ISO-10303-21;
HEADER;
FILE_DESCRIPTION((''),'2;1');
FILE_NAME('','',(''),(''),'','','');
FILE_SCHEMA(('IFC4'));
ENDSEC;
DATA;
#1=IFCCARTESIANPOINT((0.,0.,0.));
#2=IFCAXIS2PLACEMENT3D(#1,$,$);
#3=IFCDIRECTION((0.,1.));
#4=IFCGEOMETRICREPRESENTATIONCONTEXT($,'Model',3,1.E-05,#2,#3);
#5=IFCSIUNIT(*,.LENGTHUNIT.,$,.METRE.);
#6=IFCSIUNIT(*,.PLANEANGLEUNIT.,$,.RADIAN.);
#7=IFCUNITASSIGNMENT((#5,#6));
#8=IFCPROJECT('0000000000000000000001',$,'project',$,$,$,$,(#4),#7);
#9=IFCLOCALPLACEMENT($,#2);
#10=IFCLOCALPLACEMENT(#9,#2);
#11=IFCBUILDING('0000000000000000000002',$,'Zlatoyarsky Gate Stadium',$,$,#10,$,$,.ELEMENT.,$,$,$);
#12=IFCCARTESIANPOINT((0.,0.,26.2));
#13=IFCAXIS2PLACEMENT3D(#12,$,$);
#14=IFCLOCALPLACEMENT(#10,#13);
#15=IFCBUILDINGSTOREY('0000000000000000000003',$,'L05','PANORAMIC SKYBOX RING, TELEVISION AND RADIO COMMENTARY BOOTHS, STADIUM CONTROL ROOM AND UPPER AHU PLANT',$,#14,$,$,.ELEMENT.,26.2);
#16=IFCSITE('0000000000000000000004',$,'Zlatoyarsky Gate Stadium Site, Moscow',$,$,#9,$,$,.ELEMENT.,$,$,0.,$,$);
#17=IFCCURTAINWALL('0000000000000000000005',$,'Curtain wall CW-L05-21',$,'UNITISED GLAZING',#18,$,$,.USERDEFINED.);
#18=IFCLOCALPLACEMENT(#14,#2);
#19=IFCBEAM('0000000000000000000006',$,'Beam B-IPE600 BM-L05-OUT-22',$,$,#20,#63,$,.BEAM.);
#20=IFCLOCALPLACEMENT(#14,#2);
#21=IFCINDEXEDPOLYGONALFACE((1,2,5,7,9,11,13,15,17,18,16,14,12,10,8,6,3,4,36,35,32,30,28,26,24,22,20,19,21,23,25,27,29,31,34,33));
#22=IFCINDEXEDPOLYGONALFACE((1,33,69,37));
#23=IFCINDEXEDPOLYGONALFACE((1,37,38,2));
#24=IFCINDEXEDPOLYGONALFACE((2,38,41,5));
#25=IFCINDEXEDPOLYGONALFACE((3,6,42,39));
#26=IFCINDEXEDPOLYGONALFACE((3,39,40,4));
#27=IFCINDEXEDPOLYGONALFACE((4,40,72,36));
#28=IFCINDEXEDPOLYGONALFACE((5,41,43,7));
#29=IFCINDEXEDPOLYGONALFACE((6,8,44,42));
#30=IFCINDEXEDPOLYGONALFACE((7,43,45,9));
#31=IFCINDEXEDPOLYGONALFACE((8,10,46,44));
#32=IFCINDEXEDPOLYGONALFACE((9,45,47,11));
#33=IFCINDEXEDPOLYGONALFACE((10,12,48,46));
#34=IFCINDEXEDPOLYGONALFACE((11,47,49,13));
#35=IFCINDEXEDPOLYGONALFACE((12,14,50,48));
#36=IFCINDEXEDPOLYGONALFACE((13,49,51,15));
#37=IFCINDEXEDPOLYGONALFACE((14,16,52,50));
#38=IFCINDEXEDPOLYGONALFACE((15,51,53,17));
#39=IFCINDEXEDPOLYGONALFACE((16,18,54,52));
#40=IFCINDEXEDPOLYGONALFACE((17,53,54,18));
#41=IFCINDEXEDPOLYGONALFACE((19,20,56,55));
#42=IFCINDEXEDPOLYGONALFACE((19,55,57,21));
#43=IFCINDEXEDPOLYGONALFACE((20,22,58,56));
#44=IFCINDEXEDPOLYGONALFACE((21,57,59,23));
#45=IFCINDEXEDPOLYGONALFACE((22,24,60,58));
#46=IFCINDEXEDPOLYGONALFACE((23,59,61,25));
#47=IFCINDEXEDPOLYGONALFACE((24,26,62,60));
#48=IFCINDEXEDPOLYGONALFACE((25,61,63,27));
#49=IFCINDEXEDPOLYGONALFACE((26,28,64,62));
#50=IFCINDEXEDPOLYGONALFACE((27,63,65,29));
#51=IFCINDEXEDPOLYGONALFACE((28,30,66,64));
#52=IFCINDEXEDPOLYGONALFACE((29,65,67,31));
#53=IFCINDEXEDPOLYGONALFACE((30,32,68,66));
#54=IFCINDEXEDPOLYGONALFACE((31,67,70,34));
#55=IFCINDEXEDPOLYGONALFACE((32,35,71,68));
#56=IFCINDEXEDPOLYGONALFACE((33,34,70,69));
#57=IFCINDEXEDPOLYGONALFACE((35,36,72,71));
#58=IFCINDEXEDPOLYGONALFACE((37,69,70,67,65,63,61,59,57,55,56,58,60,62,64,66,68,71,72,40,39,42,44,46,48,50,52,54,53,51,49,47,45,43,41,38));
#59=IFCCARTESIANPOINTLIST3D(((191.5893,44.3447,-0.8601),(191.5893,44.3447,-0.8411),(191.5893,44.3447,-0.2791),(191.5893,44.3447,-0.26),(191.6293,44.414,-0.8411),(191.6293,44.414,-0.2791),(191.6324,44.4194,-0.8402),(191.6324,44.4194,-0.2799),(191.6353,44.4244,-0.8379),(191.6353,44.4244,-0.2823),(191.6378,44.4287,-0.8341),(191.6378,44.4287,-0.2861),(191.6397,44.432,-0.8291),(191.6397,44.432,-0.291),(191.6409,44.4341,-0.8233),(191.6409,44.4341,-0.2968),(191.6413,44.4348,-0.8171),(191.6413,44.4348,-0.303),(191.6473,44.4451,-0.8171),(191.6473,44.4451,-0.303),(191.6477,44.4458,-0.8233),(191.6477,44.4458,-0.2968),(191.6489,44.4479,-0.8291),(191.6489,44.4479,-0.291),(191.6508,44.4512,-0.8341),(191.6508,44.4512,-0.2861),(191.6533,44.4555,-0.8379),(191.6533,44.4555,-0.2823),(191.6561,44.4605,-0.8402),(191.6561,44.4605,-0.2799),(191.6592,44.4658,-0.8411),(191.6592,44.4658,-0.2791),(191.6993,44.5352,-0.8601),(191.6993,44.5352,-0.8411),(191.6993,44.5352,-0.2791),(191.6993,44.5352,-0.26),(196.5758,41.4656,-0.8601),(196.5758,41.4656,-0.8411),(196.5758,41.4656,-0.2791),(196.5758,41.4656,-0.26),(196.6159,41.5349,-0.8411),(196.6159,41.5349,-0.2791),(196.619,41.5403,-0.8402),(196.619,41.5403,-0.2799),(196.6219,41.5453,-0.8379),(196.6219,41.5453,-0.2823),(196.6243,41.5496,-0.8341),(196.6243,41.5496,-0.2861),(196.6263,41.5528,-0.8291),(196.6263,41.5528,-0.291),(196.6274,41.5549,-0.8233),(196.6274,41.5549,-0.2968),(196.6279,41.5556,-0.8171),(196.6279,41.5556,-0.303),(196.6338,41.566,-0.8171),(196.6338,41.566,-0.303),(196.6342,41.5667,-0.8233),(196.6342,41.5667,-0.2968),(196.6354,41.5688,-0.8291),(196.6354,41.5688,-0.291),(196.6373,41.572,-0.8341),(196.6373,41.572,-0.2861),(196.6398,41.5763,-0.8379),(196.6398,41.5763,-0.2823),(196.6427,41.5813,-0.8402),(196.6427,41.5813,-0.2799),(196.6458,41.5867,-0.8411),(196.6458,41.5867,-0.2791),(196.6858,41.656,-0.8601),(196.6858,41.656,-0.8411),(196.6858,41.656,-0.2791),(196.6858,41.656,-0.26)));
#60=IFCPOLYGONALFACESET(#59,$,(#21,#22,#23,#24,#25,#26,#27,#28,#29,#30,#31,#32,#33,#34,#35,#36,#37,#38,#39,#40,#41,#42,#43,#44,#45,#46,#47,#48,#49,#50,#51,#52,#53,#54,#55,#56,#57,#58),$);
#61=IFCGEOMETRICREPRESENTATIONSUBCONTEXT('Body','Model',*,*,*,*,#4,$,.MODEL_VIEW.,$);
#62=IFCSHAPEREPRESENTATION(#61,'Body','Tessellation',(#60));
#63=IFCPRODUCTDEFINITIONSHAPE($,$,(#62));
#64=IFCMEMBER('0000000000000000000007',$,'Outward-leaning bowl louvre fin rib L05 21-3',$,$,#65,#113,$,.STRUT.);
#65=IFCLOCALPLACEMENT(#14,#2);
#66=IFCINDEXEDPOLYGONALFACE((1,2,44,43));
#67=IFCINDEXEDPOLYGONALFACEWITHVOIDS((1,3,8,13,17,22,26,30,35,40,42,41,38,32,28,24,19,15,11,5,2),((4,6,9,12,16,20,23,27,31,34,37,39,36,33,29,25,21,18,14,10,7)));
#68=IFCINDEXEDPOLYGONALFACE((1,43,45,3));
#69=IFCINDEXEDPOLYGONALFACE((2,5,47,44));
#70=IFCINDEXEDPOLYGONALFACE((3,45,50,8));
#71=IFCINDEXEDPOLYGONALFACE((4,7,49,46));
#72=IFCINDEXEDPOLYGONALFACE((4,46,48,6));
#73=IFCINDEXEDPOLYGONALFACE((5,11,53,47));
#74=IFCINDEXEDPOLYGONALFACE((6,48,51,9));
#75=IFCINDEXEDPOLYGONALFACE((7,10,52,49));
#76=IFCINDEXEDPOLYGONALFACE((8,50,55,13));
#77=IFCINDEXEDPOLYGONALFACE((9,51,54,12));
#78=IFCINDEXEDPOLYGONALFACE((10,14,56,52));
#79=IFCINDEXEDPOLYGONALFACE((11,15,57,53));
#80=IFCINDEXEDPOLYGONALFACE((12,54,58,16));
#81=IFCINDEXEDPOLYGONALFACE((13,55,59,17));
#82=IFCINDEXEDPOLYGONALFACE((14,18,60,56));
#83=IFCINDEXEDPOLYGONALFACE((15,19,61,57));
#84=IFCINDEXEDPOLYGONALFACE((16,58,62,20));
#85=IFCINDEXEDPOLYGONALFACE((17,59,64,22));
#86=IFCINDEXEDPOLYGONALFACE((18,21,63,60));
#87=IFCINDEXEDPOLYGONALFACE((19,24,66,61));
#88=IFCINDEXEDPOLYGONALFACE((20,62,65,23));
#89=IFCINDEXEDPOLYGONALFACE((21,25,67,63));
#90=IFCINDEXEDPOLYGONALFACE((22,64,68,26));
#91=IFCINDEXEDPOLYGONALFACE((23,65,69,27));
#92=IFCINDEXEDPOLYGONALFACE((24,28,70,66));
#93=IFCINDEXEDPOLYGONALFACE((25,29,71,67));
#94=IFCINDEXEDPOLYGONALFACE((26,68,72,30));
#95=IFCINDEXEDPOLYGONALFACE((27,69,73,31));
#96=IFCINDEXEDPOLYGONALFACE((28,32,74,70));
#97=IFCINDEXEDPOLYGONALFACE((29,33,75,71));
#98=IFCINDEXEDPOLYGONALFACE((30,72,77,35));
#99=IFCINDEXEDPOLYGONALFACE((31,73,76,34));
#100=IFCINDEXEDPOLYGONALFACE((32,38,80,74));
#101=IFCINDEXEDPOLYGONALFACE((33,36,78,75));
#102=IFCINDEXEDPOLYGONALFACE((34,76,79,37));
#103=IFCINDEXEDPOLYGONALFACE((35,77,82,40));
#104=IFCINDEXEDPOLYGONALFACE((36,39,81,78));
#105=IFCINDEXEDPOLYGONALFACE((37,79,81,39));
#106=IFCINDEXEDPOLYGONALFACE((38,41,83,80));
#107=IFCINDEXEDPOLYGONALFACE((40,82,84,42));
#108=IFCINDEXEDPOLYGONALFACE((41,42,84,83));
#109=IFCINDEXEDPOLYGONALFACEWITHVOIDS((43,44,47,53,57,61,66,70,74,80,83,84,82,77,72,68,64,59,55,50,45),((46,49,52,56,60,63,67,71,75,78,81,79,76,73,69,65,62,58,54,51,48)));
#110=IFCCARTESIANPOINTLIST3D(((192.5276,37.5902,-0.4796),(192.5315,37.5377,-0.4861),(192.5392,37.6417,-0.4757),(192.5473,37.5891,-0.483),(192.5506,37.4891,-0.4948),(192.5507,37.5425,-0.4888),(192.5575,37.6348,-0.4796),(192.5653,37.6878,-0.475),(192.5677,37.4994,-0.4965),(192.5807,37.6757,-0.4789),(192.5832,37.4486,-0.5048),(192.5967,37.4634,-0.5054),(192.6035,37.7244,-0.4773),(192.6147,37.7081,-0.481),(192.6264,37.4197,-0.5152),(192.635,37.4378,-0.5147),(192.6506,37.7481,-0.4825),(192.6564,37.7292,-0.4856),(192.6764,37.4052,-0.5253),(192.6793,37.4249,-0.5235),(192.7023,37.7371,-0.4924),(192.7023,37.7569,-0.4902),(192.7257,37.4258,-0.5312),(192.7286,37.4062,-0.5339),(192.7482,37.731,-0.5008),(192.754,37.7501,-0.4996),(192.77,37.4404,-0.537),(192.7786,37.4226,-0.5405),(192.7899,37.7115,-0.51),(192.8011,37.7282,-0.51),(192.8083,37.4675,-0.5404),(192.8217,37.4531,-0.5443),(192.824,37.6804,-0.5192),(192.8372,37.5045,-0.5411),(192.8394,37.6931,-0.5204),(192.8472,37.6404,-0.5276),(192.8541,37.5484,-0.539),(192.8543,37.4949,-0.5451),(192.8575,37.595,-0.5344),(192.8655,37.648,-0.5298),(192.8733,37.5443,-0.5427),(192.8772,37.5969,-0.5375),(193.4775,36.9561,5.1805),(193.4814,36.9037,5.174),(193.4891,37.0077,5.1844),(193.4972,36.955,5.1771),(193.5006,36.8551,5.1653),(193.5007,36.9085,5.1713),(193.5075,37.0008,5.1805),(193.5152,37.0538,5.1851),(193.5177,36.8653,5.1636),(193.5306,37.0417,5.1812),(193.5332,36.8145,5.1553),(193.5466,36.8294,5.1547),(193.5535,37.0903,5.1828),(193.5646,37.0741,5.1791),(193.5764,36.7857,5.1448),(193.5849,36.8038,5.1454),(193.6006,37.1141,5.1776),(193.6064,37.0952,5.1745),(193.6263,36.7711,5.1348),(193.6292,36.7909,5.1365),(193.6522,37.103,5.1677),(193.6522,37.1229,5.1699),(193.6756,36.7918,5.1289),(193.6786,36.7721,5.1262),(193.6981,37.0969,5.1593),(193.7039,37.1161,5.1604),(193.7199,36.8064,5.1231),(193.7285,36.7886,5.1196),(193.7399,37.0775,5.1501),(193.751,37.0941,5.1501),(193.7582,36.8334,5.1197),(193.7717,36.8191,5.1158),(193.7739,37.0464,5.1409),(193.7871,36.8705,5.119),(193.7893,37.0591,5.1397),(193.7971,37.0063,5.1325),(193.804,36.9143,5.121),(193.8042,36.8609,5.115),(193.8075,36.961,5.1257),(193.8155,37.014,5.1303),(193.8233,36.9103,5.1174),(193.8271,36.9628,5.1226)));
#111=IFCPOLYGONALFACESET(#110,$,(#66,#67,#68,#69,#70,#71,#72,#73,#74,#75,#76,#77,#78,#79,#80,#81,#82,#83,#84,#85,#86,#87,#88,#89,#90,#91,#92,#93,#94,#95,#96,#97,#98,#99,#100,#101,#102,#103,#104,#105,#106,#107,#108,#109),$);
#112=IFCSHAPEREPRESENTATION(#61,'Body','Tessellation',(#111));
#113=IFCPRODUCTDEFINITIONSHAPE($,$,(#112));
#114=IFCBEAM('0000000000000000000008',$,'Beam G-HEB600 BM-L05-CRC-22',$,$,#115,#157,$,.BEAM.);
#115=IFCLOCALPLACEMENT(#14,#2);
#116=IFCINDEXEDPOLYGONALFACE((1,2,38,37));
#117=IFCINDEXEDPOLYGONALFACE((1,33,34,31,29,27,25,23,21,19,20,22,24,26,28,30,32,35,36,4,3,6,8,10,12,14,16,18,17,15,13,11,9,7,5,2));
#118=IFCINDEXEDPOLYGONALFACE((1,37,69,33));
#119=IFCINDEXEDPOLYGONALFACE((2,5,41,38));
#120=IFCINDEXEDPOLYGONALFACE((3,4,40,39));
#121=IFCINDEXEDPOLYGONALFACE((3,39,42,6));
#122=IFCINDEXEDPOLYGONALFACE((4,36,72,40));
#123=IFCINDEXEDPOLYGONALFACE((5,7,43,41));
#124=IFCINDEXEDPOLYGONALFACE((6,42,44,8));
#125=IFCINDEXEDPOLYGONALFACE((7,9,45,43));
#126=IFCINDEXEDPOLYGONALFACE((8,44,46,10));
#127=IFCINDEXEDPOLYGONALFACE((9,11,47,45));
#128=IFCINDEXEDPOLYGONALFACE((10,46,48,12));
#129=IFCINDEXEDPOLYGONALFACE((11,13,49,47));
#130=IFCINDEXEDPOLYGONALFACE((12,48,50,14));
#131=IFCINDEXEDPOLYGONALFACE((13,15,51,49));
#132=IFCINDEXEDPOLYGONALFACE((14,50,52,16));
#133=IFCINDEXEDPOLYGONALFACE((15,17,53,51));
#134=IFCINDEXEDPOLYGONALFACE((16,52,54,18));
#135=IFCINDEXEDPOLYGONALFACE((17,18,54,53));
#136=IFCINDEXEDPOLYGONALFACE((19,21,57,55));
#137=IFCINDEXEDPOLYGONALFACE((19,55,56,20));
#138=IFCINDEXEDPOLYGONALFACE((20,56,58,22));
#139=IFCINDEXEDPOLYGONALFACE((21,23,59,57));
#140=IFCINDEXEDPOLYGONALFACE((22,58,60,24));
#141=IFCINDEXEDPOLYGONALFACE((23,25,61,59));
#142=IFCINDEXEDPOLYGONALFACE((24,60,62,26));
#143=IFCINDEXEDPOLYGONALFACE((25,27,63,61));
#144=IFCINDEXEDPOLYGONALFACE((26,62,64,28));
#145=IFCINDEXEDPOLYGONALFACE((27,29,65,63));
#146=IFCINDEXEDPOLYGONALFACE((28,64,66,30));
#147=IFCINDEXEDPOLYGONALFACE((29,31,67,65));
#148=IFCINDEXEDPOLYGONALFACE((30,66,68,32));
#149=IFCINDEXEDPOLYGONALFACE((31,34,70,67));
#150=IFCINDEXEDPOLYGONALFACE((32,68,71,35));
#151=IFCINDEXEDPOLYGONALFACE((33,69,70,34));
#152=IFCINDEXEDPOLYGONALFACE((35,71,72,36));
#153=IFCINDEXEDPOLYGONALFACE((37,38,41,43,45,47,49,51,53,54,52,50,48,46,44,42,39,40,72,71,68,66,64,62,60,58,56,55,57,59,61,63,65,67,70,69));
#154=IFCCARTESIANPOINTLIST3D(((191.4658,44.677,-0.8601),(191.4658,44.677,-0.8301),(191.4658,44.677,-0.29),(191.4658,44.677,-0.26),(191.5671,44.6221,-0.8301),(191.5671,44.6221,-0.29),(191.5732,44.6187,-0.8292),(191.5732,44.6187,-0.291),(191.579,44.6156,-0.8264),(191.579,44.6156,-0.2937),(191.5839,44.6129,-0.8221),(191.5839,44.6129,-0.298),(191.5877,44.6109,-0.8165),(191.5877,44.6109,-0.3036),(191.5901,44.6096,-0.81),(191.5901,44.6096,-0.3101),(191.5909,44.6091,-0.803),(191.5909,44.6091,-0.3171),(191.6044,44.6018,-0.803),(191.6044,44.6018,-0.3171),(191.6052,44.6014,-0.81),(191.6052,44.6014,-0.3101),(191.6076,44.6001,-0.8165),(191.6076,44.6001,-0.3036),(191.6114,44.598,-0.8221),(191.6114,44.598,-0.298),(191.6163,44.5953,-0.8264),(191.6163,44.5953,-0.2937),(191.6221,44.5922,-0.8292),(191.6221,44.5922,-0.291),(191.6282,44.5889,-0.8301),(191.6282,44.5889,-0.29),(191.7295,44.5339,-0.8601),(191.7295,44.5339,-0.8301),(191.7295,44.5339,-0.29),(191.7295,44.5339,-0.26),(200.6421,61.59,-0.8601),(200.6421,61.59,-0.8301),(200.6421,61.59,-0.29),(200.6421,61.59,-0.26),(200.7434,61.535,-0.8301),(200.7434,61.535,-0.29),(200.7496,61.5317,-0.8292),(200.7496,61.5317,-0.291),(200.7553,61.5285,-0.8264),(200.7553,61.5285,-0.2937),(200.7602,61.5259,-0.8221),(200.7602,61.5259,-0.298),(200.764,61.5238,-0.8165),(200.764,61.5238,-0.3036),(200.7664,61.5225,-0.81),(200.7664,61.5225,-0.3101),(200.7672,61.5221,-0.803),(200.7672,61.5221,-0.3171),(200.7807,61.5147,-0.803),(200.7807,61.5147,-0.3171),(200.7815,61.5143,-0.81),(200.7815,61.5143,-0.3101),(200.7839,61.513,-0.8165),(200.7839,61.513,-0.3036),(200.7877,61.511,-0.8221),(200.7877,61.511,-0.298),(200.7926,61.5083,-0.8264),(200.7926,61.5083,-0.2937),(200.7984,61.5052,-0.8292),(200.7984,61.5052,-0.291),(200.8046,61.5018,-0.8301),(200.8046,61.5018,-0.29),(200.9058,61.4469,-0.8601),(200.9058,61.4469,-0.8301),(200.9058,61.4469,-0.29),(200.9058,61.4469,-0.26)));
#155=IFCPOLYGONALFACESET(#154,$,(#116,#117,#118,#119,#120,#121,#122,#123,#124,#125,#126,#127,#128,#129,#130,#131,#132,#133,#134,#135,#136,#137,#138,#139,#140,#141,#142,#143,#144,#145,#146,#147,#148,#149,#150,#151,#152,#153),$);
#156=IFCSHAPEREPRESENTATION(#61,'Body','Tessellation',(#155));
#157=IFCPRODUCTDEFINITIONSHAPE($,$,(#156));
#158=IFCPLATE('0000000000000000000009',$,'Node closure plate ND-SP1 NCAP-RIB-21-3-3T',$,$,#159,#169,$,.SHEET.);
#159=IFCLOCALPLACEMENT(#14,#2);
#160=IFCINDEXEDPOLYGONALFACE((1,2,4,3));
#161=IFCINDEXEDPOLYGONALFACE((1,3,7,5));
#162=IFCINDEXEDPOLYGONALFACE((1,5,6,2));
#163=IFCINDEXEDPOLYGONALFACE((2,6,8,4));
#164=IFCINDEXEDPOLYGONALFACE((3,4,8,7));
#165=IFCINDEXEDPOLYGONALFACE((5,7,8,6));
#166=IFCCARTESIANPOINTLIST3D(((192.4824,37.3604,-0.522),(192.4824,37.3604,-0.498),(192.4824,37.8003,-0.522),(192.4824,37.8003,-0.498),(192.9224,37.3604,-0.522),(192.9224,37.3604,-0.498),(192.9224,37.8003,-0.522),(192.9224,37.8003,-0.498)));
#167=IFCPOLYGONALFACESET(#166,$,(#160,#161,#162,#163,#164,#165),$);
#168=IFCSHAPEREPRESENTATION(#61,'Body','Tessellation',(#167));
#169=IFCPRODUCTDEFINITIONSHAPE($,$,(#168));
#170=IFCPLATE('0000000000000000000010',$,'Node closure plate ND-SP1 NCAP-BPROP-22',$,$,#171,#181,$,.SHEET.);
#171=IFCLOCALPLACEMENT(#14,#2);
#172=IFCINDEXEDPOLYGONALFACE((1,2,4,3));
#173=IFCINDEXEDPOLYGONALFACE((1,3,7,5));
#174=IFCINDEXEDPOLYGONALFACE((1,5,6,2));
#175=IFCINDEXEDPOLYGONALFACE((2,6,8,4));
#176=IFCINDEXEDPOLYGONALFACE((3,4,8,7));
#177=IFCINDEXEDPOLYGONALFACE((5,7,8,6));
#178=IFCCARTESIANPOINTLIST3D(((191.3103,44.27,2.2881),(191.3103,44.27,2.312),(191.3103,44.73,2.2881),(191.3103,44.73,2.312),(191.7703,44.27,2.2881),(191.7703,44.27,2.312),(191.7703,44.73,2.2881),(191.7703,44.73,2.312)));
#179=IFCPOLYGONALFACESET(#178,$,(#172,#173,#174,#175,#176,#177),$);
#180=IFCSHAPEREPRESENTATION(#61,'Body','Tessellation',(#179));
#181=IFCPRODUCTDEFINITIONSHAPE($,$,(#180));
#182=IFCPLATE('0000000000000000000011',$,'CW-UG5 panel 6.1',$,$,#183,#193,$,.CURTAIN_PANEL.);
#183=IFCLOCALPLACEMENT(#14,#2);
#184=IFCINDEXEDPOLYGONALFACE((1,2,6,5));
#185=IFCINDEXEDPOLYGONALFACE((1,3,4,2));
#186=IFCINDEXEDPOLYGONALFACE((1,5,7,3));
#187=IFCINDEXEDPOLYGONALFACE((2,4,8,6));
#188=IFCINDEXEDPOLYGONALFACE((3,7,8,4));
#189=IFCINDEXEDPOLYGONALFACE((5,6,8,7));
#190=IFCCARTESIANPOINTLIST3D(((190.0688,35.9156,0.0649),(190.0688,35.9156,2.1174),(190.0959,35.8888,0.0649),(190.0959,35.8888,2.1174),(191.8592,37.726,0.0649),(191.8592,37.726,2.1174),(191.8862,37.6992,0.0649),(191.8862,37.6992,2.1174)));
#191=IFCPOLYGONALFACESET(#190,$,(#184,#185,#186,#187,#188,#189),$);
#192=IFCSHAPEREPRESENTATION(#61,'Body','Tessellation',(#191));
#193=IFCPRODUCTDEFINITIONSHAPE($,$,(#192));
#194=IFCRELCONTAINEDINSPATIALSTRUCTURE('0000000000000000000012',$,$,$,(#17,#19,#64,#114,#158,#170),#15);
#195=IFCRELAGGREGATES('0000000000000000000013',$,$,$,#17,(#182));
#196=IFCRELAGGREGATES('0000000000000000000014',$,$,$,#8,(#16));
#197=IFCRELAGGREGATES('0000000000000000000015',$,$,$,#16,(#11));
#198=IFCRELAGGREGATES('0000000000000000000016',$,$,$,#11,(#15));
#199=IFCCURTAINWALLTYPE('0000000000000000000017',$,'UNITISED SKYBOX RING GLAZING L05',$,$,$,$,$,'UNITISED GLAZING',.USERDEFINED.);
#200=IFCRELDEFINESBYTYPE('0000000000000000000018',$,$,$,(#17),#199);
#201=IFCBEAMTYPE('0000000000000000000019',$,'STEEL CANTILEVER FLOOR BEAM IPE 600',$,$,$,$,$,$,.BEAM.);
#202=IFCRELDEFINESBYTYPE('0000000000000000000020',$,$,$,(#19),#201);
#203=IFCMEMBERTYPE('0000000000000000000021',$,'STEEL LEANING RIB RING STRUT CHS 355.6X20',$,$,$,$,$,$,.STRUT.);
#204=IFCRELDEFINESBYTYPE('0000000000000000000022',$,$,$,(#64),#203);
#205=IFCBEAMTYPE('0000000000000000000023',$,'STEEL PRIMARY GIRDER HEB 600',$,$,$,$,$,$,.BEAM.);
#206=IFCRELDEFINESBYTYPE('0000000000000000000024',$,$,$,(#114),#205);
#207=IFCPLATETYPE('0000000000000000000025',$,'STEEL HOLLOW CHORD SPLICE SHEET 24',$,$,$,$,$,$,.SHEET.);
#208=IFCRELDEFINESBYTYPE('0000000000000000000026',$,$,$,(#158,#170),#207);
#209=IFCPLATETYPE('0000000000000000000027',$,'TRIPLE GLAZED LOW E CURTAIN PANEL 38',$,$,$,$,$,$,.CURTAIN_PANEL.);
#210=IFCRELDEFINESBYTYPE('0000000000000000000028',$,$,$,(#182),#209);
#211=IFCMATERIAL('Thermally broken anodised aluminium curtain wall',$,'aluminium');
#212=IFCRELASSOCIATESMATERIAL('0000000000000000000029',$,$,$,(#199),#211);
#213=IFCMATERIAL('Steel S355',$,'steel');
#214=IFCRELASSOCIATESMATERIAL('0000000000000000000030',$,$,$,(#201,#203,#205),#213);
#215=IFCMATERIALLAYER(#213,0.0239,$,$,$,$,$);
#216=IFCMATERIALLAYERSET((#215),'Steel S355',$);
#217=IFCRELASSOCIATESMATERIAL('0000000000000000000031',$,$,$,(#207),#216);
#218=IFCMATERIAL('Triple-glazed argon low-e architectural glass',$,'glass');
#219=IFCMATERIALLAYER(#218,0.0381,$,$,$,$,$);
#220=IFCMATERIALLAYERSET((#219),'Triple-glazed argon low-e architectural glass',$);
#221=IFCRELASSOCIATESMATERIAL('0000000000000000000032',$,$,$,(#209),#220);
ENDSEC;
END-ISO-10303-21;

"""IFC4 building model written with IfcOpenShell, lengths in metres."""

from ifc_helpers import new_model, si_unit, direction, frame, origin, origin_2d, place, context, subcontext, project, spatial, rectangle, hollow_circle, i_section, extrude, material, layer, layer_set, material_profile, profile_set, type_object, element, aggregate, save


model = new_model("IFC4")

# Units and contexts
model_context = context("Model", 3, precision=1e-05, world=origin(), true_north=direction((0.0, 1.0)))
body_context = subcontext(model_context, "Body", "Model", "MODEL_VIEW")
ifc_project = project(units=[si_unit("LENGTHUNIT", "METRE"), si_unit("PLANEANGLEUNIT", "RADIAN")], contexts=[model_context])

# Site, building, storey
site_placement = place(None, origin())
site = spatial("IfcSite", under=ifc_project, at=site_placement, Name="Zlatoyarsky Gate Stadium Site, Moscow", CompositionType="ELEMENT", RefElevation=0.0)
building_placement = place(site_placement, origin())
building = spatial("IfcBuilding", under=site, at=building_placement, Name="Zlatoyarsky Gate Stadium", CompositionType="ELEMENT")
storey_placement = place(building_placement, frame((0.0, 0.0, 26.2)))
storey = spatial("IfcBuildingStorey", under=building, at=storey_placement, Name="L05", Description="PANORAMIC SKYBOX RING, TELEVISION AND RADIO COMMENTARY BOOTHS, STADIUM CONTROL ROOM AND UPPER AHU PLANT", CompositionType="ELEMENT", Elevation=26.2)

# Shared definitions
ifc_material_1 = material(Name="Steel S355", Category="steel")

# Curtain wall
ifc_material_2 = material(Name="Thermally broken anodised aluminium curtain wall", Category="aluminium")
curtain_wall_type = type_object("IfcCurtainWallType", Name="UNITISED SKYBOX RING GLAZING L05", ElementType="UNITISED GLAZING", PredefinedType="USERDEFINED", material=ifc_material_2)
curtain_wall_placement = place(storey_placement, origin())
curtain_wall = element("IfcCurtainWall", 1, at=curtain_wall_placement, inside=storey, type_object=curtain_wall_type, Name="Curtain wall CW-L05-21", ObjectType="UNITISED GLAZING", PredefinedType="USERDEFINED")

# Beam
ifc_material_profile_1 = material_profile(ifc_material_1, i_section(OverallWidth=0.22, OverallDepth=0.6001, WebThickness=0.012, FlangeThickness=0.019, FilletRadius=0.0239, at=origin_2d()), Name="IPE 600")
ifc_profile_set_1 = profile_set([ifc_material_profile_1], Name="Steel S355")
beam_type_1 = type_object("IfcBeamType", Name="STEEL CANTILEVER FLOOR BEAM IPE 600", PredefinedType="BEAM", material=ifc_profile_set_1)
beam_1_placement = place(storey_placement, frame((191.6443, 44.4399, -0.5601), z_axis=(0.866014, -0.50002, 0.0), x_axis=(0.50002, 0.866014, 0.0)))
element("IfcBeam", 2, at=beam_1_placement, inside=storey, type_object=beam_type_1, Name="Beam B-IPE600 BM-L05-OUT-22", PredefinedType="BEAM", context=body_context, shape_type="SweptSolid", body=[
    extrude(i_section(OverallWidth=0.22, OverallDepth=0.6001, WebThickness=0.012, FlangeThickness=0.019, FilletRadius=0.0239, at=origin_2d()), origin(), (0.0, 0.0, 1.0), 5.7581),
])

# Member
ifc_material_profile_2 = material_profile(ifc_material_1, hollow_circle(Radius=0.1777, WallThickness=0.02, at=origin_2d()), Name="CHS 355.6X20")
ifc_profile_set_2 = profile_set([ifc_material_profile_2], Name="Steel S355")
member_type_1 = type_object("IfcMemberType", Name="STEEL LEANING RIB RING STRUT CHS 355.6X20", PredefinedType="STRUT", material=ifc_profile_set_2)
member_1_placement = place(storey_placement, frame((192.7024, 37.5803, -0.51), z_axis=(0.164516, -0.109804, 0.980244), x_axis=(0.555144, 0.831754, 0.0)))
element("IfcMember", 3, at=member_1_placement, inside=storey, type_object=member_type_1, Name="Outward-leaning bowl louvre fin rib L05 21-3", PredefinedType="STRUT", context=body_context, shape_type="SweptSolid", body=[
    extrude(hollow_circle(Radius=0.1777, WallThickness=0.02, at=origin_2d()), origin(), (0.0, 0.0, 1.0), 5.7742),
])

# Beam
ifc_material_profile_3 = material_profile(ifc_material_1, i_section(OverallWidth=0.3, OverallDepth=0.6001, WebThickness=0.0154, FlangeThickness=0.03, FilletRadius=0.0271, at=origin_2d()), Name="HEB 600")
ifc_profile_set_3 = profile_set([ifc_material_profile_3], Name="Steel S355")
beam_type_2 = type_object("IfcBeamType", Name="STEEL PRIMARY GIRDER HEB 600", PredefinedType="BEAM", material=ifc_profile_set_3)
beam_2_placement = place(storey_placement, frame((191.5977, 44.6055, -0.5601), z_axis=(0.476892, 0.878962, 0.0), x_axis=(-0.878962, 0.476892, 0.0)))
element("IfcBeam", 4, at=beam_2_placement, inside=storey, type_object=beam_type_2, Name="Beam G-HEB600 BM-L05-CRC-22", PredefinedType="BEAM", context=body_context, shape_type="SweptSolid", body=[
    extrude(i_section(OverallWidth=0.3, OverallDepth=0.6001, WebThickness=0.0154, FlangeThickness=0.03, FilletRadius=0.0271, at=origin_2d()), origin(), (0.0, 0.0, 1.0), 19.2419),
])

# Plates
ifc_layer_1 = layer(ifc_material_1, 0.0239)
ifc_layer_set_1 = layer_set([ifc_layer_1], Name="Steel S355")
plate_type_1 = type_object("IfcPlateType", Name="STEEL HOLLOW CHORD SPLICE SHEET 24", PredefinedType="SHEET", material=ifc_layer_set_1)
plate_1_placement = place(storey_placement, frame((192.7024, 37.5803, -0.522), z_axis=(0.0, 0.0, 1.0), x_axis=(1.0, 0.0, 0.0)))
element("IfcPlate", 5, at=plate_1_placement, inside=storey, type_object=plate_type_1, Name="Node closure plate ND-SP1 NCAP-RIB-21-3-3T", PredefinedType="SHEET", context=body_context, shape_type="SweptSolid", body=[
    extrude(rectangle(XDim=0.4399, YDim=0.4399, at=origin_2d()), origin(), (0.0, 0.0, 1.0), 0.0239),
])
plate_2_placement = place(storey_placement, frame((191.5403, 44.5, 2.2881), z_axis=(0.0, 0.0, 1.0), x_axis=(1.0, 0.0, 0.0)))
element("IfcPlate", 6, at=plate_2_placement, inside=storey, type_object=plate_type_1, Name="Node closure plate ND-SP1 NCAP-BPROP-22", PredefinedType="SHEET", context=body_context, shape_type="SweptSolid", body=[
    extrude(rectangle(XDim=0.46, YDim=0.46, at=origin_2d()), origin(), (0.0, 0.0, 1.0), 0.0239),
])

# Plate
ifc_material_3 = material(Name="Triple-glazed argon low-e architectural glass", Category="glass")
ifc_layer_2 = layer(ifc_material_3, 0.0381)
ifc_layer_set_2 = layer_set([ifc_layer_2], Name="Triple-glazed argon low-e architectural glass")
plate_type_2 = type_object("IfcPlateType", Name="TRIPLE GLAZED LOW E CURTAIN PANEL 38", PredefinedType="CURTAIN_PANEL", material=ifc_layer_set_2)
plate_3_placement = place(storey_placement, frame((190.9775, 36.8074, 0.0649), z_axis=(0.0, 0.0, 1.0), x_axis=(0.703158, 0.711033, 0.0)))
plate_3 = element("IfcPlate", 7, at=plate_3_placement, type_object=plate_type_2, Name="CW-UG5 panel 6.1", PredefinedType="CURTAIN_PANEL", context=body_context, shape_type="SweptSolid", body=[
    extrude(rectangle(XDim=2.5461, YDim=0.0381, at=origin_2d()), origin(), (0.0, 0.0, 1.0), 2.0525),
])
aggregate(curtain_wall, [plate_3])

save(model, "model.ifc")
